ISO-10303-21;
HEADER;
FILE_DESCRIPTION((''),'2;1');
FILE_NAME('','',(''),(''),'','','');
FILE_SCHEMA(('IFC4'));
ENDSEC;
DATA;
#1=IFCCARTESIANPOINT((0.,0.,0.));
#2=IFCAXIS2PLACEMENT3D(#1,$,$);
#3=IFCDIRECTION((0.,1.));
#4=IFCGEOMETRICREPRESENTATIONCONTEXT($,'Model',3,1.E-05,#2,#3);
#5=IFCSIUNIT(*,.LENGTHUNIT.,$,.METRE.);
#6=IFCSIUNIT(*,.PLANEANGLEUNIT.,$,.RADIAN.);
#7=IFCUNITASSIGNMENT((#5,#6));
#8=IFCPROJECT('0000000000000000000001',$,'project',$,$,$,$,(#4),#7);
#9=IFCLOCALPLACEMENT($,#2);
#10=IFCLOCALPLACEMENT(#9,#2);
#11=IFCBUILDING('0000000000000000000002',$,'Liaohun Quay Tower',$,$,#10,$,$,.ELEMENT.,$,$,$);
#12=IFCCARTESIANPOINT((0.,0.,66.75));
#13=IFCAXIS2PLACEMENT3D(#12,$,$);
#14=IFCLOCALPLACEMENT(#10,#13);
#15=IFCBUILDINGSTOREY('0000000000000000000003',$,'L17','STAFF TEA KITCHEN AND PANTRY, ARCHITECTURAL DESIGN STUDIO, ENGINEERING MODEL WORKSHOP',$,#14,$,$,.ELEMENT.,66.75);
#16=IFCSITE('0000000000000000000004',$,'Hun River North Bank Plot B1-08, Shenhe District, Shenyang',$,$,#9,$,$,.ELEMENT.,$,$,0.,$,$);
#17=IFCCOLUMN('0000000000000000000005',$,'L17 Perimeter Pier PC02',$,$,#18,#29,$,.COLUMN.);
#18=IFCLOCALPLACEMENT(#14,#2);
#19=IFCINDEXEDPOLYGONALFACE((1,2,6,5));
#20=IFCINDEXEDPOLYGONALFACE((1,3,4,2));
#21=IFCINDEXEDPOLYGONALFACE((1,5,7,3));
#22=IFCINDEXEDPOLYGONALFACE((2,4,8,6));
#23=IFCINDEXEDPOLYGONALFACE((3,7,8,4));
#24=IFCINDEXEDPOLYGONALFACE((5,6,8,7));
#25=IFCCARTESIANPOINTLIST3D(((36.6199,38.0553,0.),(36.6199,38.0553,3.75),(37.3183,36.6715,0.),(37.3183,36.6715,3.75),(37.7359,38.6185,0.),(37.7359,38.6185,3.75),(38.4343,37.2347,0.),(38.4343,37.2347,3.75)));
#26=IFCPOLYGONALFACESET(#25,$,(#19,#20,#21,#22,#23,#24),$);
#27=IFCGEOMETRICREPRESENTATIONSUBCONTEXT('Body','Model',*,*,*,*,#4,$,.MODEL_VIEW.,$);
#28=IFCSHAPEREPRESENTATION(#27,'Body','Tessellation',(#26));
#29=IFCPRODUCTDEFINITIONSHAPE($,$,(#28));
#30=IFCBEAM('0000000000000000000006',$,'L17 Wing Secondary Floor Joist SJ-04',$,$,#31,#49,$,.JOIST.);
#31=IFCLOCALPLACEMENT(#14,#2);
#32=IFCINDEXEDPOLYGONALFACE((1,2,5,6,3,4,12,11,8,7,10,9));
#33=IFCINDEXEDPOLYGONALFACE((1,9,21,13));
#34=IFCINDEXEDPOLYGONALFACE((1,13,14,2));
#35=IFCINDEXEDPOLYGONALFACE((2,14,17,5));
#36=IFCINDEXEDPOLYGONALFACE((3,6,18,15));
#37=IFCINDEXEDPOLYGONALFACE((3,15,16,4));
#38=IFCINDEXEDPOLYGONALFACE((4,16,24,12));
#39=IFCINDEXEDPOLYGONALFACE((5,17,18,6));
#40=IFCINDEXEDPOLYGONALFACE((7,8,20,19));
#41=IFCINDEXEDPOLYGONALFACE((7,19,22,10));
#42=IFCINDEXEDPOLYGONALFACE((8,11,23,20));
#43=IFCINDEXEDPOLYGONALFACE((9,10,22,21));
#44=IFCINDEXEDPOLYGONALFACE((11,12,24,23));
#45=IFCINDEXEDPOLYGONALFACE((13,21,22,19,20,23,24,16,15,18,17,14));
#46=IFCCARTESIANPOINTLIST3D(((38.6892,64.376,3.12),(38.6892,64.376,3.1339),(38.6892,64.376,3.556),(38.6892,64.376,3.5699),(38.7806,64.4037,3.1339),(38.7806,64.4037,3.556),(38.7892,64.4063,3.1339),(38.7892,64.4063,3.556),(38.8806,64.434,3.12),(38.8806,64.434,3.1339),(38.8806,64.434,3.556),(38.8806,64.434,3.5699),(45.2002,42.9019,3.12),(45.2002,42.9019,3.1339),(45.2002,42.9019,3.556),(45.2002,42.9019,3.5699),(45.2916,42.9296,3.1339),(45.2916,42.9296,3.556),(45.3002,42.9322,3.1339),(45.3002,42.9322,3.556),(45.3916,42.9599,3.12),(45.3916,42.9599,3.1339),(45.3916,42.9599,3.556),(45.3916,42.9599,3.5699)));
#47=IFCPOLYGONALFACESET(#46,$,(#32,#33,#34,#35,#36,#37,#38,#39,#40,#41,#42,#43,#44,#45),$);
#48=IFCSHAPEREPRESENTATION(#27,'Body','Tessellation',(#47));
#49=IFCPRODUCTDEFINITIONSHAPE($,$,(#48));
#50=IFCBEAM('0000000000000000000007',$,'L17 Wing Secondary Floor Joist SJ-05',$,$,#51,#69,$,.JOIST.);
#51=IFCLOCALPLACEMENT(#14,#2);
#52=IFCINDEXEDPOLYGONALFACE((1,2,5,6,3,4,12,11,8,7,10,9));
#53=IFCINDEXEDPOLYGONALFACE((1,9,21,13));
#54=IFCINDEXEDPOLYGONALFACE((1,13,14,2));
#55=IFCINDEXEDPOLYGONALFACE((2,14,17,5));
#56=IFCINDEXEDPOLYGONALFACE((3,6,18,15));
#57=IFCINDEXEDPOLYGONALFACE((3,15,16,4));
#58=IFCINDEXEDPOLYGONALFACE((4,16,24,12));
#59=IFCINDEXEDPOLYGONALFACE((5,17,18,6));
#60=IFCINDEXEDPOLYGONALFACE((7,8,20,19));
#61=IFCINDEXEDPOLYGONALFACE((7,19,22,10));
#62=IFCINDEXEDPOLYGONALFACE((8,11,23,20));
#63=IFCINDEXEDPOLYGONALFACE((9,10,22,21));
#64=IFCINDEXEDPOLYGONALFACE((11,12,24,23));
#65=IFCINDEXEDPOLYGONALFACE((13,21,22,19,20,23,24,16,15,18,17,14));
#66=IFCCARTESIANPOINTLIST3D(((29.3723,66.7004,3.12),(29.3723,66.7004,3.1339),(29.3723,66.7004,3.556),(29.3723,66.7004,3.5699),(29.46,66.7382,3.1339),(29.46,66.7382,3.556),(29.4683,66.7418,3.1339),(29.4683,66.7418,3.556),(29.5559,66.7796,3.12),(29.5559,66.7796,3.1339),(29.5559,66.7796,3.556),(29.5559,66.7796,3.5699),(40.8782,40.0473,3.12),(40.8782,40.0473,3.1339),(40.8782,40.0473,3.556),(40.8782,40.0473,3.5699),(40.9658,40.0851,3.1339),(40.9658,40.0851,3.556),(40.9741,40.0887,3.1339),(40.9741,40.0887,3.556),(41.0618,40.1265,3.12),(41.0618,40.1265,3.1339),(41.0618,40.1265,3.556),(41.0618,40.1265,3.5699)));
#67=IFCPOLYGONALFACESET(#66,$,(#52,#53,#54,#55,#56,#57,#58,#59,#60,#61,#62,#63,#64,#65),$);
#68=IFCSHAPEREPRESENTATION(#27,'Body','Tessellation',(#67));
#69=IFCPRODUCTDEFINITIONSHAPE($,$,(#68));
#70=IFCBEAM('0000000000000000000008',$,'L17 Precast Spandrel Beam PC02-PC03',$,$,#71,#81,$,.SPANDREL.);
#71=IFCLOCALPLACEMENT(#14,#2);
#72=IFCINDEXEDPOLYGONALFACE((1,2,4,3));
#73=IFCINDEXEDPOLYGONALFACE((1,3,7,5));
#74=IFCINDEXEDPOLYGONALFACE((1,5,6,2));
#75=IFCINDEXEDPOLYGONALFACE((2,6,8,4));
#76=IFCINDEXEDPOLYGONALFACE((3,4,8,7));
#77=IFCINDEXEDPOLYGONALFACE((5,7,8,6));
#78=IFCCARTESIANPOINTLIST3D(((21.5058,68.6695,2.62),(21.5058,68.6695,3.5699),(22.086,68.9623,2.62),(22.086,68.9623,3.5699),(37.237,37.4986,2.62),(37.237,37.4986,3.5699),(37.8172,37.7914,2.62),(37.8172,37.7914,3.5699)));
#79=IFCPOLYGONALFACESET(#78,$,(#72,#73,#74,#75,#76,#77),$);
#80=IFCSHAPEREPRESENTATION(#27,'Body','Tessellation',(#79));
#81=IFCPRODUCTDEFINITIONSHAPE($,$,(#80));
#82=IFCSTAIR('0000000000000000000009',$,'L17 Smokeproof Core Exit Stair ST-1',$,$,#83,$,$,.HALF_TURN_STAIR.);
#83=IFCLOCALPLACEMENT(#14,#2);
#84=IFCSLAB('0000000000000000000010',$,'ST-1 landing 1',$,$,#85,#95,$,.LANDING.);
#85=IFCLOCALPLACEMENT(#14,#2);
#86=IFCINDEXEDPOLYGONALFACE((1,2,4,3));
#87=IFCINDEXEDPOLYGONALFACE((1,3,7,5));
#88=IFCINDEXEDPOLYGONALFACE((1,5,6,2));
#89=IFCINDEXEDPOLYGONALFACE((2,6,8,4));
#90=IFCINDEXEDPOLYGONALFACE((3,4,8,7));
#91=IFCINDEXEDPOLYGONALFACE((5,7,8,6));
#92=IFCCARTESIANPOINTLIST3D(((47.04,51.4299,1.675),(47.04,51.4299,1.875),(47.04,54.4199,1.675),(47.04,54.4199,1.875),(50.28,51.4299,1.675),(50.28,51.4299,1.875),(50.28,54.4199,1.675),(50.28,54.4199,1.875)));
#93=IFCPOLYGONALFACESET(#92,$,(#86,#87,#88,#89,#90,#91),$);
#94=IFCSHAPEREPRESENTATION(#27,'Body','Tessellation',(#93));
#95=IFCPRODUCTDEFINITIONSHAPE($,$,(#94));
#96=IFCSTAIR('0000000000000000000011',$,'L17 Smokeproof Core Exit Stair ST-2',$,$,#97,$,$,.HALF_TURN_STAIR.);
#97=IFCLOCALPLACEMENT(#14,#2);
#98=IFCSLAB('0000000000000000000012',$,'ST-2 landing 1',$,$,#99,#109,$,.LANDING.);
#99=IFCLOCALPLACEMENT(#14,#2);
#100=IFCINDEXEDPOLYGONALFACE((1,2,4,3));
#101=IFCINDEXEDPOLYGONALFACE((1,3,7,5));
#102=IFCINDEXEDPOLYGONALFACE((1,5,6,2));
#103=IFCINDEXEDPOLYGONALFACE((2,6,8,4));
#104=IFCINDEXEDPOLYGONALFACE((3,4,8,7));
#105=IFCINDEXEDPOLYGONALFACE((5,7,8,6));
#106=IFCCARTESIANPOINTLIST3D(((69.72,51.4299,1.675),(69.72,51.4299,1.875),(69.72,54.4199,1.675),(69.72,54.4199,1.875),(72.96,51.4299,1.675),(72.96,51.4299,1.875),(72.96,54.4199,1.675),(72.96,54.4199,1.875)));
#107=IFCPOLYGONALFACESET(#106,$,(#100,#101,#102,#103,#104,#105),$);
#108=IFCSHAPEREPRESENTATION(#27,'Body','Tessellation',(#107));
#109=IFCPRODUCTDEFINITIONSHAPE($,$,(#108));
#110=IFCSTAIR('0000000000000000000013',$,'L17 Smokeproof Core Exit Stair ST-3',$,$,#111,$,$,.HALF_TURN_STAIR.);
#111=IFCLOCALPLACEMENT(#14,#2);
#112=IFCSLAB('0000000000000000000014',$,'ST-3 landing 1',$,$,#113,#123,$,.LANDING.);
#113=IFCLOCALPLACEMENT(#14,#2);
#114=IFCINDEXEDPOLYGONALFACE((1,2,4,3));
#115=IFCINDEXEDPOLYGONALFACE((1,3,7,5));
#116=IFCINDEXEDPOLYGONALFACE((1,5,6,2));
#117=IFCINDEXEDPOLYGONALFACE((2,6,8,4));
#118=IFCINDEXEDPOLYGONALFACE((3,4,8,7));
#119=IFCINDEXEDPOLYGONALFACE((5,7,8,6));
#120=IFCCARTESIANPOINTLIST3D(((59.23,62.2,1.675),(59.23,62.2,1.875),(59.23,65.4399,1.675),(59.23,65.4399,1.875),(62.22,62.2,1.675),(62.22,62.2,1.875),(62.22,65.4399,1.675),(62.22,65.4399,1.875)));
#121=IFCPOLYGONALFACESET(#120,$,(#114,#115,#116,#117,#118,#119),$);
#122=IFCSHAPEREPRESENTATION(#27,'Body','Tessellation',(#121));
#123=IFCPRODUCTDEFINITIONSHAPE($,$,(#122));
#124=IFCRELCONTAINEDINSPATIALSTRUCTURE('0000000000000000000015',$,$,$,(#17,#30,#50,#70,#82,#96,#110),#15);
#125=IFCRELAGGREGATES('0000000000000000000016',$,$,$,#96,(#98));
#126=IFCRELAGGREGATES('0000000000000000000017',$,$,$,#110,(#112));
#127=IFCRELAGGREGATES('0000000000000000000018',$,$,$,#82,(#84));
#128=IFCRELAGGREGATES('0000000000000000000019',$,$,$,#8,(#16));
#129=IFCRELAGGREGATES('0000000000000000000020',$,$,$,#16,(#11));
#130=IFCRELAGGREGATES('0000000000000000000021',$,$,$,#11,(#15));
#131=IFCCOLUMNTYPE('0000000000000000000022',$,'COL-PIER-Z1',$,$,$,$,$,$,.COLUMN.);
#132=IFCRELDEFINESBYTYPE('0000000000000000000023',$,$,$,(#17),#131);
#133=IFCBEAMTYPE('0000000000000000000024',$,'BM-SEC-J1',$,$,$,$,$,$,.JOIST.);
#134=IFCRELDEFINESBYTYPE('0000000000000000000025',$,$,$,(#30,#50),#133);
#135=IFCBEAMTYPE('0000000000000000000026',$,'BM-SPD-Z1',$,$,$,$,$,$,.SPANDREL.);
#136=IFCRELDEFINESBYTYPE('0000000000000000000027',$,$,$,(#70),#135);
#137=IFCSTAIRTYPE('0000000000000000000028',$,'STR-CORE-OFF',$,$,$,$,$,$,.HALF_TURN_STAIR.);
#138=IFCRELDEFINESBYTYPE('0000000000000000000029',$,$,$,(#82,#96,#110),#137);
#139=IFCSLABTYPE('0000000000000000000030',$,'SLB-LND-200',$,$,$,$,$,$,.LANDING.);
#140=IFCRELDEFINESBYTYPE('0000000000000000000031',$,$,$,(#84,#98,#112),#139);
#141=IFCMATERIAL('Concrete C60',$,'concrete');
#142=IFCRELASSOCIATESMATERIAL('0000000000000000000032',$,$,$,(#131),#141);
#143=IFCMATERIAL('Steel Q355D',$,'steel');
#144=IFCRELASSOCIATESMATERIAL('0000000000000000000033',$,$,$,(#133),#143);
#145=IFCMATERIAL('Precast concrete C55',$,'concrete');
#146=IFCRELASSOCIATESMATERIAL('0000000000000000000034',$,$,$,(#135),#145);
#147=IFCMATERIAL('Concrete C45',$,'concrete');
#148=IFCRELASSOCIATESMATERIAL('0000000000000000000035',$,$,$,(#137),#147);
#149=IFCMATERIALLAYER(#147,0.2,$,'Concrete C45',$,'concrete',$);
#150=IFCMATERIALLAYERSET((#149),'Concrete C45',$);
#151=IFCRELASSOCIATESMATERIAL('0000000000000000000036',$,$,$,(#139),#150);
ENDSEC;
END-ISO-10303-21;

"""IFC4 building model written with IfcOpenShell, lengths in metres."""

from ifc_helpers import new_model, si_unit, direction, frame, origin, origin_2d, place, context, subcontext, project, spatial, polyline, rectangle, i_section, outline, extrude, source, transform, mapped, material, layer, layer_set, material_profile, profile_set, type_object, element, aggregate, save


model = new_model("IFC4")

# Units and contexts
model_context = context("Model", 3, precision=1e-05, world=origin(), true_north=direction((0.0, 1.0)))
body_context = subcontext(model_context, "Body", "Model", "MODEL_VIEW")
ifc_project = project(units=[si_unit("LENGTHUNIT", "METRE"), si_unit("PLANEANGLEUNIT", "RADIAN")], contexts=[model_context])

# Site, building, storey
site_placement = place(None, origin())
site = spatial("IfcSite", under=ifc_project, at=site_placement, Name="Hun River North Bank Plot B1-08, Shenhe District, Shenyang", CompositionType="ELEMENT", RefElevation=0.0)
building_placement = place(site_placement, origin())
building = spatial("IfcBuilding", under=site, at=building_placement, Name="Liaohun Quay Tower", CompositionType="ELEMENT")
storey_placement = place(building_placement, frame((0.0, 0.0, 66.75)))
storey = spatial("IfcBuildingStorey", under=building, at=storey_placement, Name="L17", Description="STAFF TEA KITCHEN AND PANTRY, ARCHITECTURAL DESIGN STUDIO, ENGINEERING MODEL WORKSHOP", CompositionType="ELEMENT", Elevation=66.75)

# Column
ifc_material_1 = material(Name="Concrete C60", Category="concrete")
ifc_material_profile_1 = material_profile(ifc_material_1, rectangle(XDim=1.55, YDim=1.25, at=origin_2d()), Name="RC1550x1250")
ifc_profile_set_1 = profile_set([ifc_material_profile_1], Name="Concrete C60")
column_type = type_object("IfcColumnType", Name="COL-PIER-Z1", PredefinedType="COLUMN", material=ifc_profile_set_1)
shared_shape_1 = source(origin(), body_context, "Body", "SweptSolid", [
    extrude(rectangle(XDim=1.55, YDim=1.25, at=origin_2d()), origin(), (0.0, 0.0, 1.0), 3.75),
])
column_placement = place(storey_placement, frame((37.5271, 37.645, 0.0), z_axis=(0.0, 0.0, 1.0), x_axis=(-0.450566, 0.892743, 0.0)))
element("IfcColumn", 1, at=column_placement, inside=storey, type_object=column_type, Name="L17 Perimeter Pier PC02", PredefinedType="COLUMN", context=body_context, shape_type="MappedRepresentation", body=[
    mapped(shared_shape_1, transform((0.0, 0.0, 0.0), x_axis=(1.0, 0.0, 0.0), y_axis=(0.0, 1.0, 0.0), z_axis=(0.0, 0.0, 1.0), scale=1.0)),
])

# Beams
ifc_material_2 = material(Name="Steel Q355D", Category="steel")
ifc_material_profile_2 = material_profile(ifc_material_2, i_section(OverallWidth=0.2, OverallDepth=0.45, WebThickness=0.009, FlangeThickness=0.0139, at=origin_2d()), Name="HN450x200x9x14")
ifc_profile_set_2 = profile_set([ifc_material_profile_2], Name="Steel Q355D")
beam_type_1 = type_object("IfcBeamType", Name="BM-SEC-J1", PredefinedType="JOIST", material=ifc_profile_set_2)
shared_shape_2 = source(origin(), body_context, "Body", "SweptSolid", [
    extrude(i_section(OverallWidth=0.2, OverallDepth=0.45, WebThickness=0.009, FlangeThickness=0.0139, at=origin_2d()), origin(), (0.0, 0.0, 1.0), 22.4395),
])
beam_1_placement = place(storey_placement, frame((45.2959, 42.9309, 3.345), z_axis=(-0.290157, 0.956979, 0.0), x_axis=(-0.956979, -0.290157, 0.0)))
element("IfcBeam", 2, at=beam_1_placement, inside=storey, type_object=beam_type_1, Name="L17 Wing Secondary Floor Joist SJ-04", PredefinedType="JOIST", context=body_context, shape_type="MappedRepresentation", body=[
    mapped(shared_shape_2, transform((0.0, 0.0, 0.0), x_axis=(1.0, 0.0, 0.0), y_axis=(0.0, 1.0, 0.0), z_axis=(0.0, 0.0, 1.0), scale=1.0)),
])
shared_shape_3 = source(origin(), body_context, "Body", "SweptSolid", [
    extrude(i_section(OverallWidth=0.2, OverallDepth=0.45, WebThickness=0.009, FlangeThickness=0.0139, at=origin_2d()), origin(), (0.0, 0.0, 1.0), 29.0305),
])
beam_2_placement = place(storey_placement, frame((40.97, 40.0869, 3.345), z_axis=(-0.396337, 0.918105, 0.0), x_axis=(-0.918105, -0.396337, 0.0)))
element("IfcBeam", 3, at=beam_2_placement, inside=storey, type_object=beam_type_1, Name="L17 Wing Secondary Floor Joist SJ-05", PredefinedType="JOIST", context=body_context, shape_type="MappedRepresentation", body=[
    mapped(shared_shape_3, transform((0.0, 0.0, 0.0), x_axis=(1.0, 0.0, 0.0), y_axis=(0.0, 1.0, 0.0), z_axis=(0.0, 0.0, 1.0), scale=1.0)),
])
ifc_material_3 = material(Name="Precast concrete C55", Category="concrete")
ifc_material_profile_3 = material_profile(ifc_material_3, rectangle(XDim=0.6499, YDim=0.95, at=origin_2d()), Name="RC650x950")
ifc_profile_set_3 = profile_set([ifc_material_profile_3], Name="Precast concrete C55")
beam_type_2 = type_object("IfcBeamType", Name="BM-SPD-Z1", PredefinedType="SPANDREL", material=ifc_profile_set_3)
shared_shape_4 = source(origin(), body_context, "Body", "SweptSolid", [
    extrude(rectangle(XDim=0.6499, YDim=0.95, at=origin_2d()), origin(), (0.0, 0.0, 1.0), 34.9155),
])
beam_3_placement = place(storey_placement, frame((37.5271, 37.645, 3.095), z_axis=(-0.45055, 0.892751, 0.0), x_axis=(-0.892751, -0.45055, 0.0)))
element("IfcBeam", 4, at=beam_3_placement, inside=storey, type_object=beam_type_2, Name="L17 Precast Spandrel Beam PC02-PC03", PredefinedType="SPANDREL", context=body_context, shape_type="MappedRepresentation", body=[
    mapped(shared_shape_4, transform((0.0, 0.0, 0.0), x_axis=(1.0, 0.0, 0.0), y_axis=(0.0, 1.0, 0.0), z_axis=(0.0, 0.0, 1.0), scale=1.0)),
])

# Stairs, slabs
ifc_material_4 = material(Name="Concrete C45", Category="concrete")
stair_type = type_object("IfcStairType", Name="STR-CORE-OFF", PredefinedType="HALF_TURN_STAIR", material=ifc_material_4)
stair_1_placement = place(storey_placement, origin())
stair_1 = element("IfcStair", 5, at=stair_1_placement, inside=storey, type_object=stair_type, Name="L17 Smokeproof Core Exit Stair ST-1", PredefinedType="HALF_TURN_STAIR")
ifc_layer_1 = layer(ifc_material_4, 0.2, Name="Concrete C45", Category="concrete")
ifc_layer_set_1 = layer_set([ifc_layer_1], Name="Concrete C45")
slab_type_1 = type_object("IfcSlabType", Name="SLB-LND-200", PredefinedType="LANDING", material=ifc_layer_set_1)
slab_1_placement = place(storey_placement, frame((0.0, 0.0, 1.675)))
slab_1 = element("IfcSlab", 6, at=slab_1_placement, type_object=slab_type_1, Name="ST-1 landing 1", PredefinedType="LANDING", context=body_context, shape_type="SweptSolid", body=[
    extrude(outline(polyline([(50.28, 51.4299), (50.28, 54.4199), (47.04, 54.4199), (47.04, 51.4299), (50.28, 51.4299)])), origin(), (0.0, 0.0, 1.0), 0.2),
])
stair_2_placement = place(storey_placement, origin())
stair_2 = element("IfcStair", 7, at=stair_2_placement, inside=storey, type_object=stair_type, Name="L17 Smokeproof Core Exit Stair ST-2", PredefinedType="HALF_TURN_STAIR")
slab_2_placement = place(storey_placement, frame((0.0, 0.0, 1.675)))
slab_2 = element("IfcSlab", 8, at=slab_2_placement, type_object=slab_type_1, Name="ST-2 landing 1", PredefinedType="LANDING", context=body_context, shape_type="SweptSolid", body=[
    extrude(outline(polyline([(72.96, 51.4299), (72.96, 54.4199), (69.72, 54.4199), (69.72, 51.4299), (72.96, 51.4299)])), origin(), (0.0, 0.0, 1.0), 0.2),
])
aggregate(stair_2, [slab_2])
stair_3_placement = place(storey_placement, origin())
stair_3 = element("IfcStair", 9, at=stair_3_placement, inside=storey, type_object=stair_type, Name="L17 Smokeproof Core Exit Stair ST-3", PredefinedType="HALF_TURN_STAIR")
slab_3_placement = place(storey_placement, frame((0.0, 0.0, 1.675)))
slab_3 = element("IfcSlab", 10, at=slab_3_placement, type_object=slab_type_1, Name="ST-3 landing 1", PredefinedType="LANDING", context=body_context, shape_type="SweptSolid", body=[
    extrude(outline(polyline([(59.23, 62.2), (62.22, 62.2), (62.22, 65.4399), (59.23, 65.4399), (59.23, 62.2)])), origin(), (0.0, 0.0, 1.0), 0.2),
])
aggregate(stair_3, [slab_3])

aggregate(stair_1, [slab_1])

save(model, "model.ifc")
